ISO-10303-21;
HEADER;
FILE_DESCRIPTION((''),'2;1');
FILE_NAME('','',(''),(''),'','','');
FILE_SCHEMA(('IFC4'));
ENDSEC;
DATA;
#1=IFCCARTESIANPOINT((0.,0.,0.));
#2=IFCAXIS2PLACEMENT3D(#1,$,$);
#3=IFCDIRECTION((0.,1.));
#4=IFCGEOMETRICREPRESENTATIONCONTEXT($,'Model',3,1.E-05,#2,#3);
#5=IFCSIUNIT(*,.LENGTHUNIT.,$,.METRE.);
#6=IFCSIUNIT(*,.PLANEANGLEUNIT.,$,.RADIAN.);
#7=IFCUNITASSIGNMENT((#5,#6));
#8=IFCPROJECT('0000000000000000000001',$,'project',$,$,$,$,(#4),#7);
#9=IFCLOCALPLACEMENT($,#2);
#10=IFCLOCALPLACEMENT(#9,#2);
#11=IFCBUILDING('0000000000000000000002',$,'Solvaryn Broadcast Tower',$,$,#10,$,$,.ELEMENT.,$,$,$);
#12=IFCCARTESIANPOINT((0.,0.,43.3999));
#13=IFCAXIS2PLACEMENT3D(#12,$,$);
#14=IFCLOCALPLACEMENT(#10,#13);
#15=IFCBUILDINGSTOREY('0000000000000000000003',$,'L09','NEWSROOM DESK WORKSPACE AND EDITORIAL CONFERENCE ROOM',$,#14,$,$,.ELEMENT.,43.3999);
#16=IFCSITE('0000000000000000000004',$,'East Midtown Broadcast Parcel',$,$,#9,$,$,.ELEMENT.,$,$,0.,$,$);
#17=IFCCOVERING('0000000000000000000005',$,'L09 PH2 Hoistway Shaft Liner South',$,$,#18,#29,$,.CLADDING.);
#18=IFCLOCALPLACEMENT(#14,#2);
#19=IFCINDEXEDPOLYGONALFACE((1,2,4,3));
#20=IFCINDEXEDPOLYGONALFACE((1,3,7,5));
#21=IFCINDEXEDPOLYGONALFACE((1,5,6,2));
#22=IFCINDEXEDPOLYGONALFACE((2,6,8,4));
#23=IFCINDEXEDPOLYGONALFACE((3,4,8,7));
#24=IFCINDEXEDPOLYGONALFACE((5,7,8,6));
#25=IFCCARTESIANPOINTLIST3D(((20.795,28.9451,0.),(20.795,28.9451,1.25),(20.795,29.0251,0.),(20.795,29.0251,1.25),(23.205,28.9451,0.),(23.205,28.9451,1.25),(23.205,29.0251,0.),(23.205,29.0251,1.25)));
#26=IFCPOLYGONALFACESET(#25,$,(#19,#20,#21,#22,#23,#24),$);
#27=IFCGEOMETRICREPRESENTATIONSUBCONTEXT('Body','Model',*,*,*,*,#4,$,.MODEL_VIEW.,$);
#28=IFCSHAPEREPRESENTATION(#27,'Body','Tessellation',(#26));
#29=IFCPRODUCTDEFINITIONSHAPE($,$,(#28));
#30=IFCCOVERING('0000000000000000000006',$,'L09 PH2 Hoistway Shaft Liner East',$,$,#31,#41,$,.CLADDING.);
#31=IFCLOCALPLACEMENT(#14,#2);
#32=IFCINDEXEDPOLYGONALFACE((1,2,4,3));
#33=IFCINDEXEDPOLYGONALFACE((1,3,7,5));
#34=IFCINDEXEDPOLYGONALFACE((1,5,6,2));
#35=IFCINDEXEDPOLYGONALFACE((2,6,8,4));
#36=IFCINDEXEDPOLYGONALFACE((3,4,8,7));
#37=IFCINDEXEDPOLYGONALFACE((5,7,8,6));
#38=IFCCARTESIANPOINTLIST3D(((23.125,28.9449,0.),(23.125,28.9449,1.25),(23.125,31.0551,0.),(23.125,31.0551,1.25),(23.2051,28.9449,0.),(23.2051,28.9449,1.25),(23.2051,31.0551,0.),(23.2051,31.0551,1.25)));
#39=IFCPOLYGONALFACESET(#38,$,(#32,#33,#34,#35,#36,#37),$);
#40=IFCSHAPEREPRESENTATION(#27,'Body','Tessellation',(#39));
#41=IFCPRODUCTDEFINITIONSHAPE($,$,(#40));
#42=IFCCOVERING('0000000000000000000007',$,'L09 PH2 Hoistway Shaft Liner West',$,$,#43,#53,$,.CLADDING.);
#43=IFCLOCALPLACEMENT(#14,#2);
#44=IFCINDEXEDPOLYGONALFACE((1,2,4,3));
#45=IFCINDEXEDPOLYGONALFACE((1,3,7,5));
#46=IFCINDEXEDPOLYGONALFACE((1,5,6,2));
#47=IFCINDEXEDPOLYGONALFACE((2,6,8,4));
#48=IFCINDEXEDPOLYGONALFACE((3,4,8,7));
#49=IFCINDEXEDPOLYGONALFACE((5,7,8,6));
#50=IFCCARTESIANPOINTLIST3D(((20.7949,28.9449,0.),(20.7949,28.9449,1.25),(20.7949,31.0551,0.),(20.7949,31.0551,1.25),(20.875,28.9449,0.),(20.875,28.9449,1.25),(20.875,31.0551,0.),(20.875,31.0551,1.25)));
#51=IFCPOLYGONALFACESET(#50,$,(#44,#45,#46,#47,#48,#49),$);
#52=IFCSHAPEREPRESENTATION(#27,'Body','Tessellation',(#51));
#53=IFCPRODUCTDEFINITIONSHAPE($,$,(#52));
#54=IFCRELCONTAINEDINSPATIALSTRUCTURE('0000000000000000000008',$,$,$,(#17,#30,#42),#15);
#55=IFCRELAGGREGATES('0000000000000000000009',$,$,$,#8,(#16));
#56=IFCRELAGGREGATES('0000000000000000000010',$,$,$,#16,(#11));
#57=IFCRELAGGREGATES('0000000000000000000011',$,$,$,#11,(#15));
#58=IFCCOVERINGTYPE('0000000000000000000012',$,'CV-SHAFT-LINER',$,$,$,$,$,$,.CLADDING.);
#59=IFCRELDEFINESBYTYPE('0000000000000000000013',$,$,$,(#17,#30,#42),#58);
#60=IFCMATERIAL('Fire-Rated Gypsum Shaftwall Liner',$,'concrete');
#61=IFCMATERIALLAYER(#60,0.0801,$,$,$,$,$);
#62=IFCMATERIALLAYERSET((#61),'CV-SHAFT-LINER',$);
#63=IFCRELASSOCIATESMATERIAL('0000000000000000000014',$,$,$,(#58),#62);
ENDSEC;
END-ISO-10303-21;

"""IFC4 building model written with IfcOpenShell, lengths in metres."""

from ifc_helpers import new_model, si_unit, direction, frame, origin, origin_2d, place, context, subcontext, project, spatial, rectangle, extrude, material, layer, layer_set, type_object, element, save


model = new_model("IFC4")

# Units and contexts
model_context = context("Model", 3, precision=1e-05, world=origin(), true_north=direction((0.0, 1.0)))
body_context = subcontext(model_context, "Body", "Model", "MODEL_VIEW")
ifc_project = project(units=[si_unit("LENGTHUNIT", "METRE"), si_unit("PLANEANGLEUNIT", "RADIAN")], contexts=[model_context])

# Site, building, storey
site_placement = place(None, origin())
site = spatial("IfcSite", under=ifc_project, at=site_placement, Name="East Midtown Broadcast Parcel", CompositionType="ELEMENT", RefElevation=0.0)
building_placement = place(site_placement, origin())
building = spatial("IfcBuilding", under=site, at=building_placement, Name="Solvaryn Broadcast Tower", CompositionType="ELEMENT")
storey_placement = place(building_placement, frame((0.0, 0.0, 43.3999)))
storey = spatial("IfcBuildingStorey", under=building, at=storey_placement, Name="L09", Description="NEWSROOM DESK WORKSPACE AND EDITORIAL CONFERENCE ROOM", CompositionType="ELEMENT", Elevation=43.3999)

# Coverings
ifc_material_1 = material(Name="Fire-Rated Gypsum Shaftwall Liner", Category="concrete")
ifc_layer_1 = layer(ifc_material_1, 0.0801)
ifc_layer_set_1 = layer_set([ifc_layer_1], Name="CV-SHAFT-LINER")
covering_type = type_object("IfcCoveringType", Name="CV-SHAFT-LINER", PredefinedType="CLADDING", material=ifc_layer_set_1)
covering_1_placement = place(storey_placement, frame((22.0, 28.9851, 0.0), z_axis=(0.0, 0.0, 1.0), x_axis=(1.0, 0.0, 0.0)))
element("IfcCovering", 1, at=covering_1_placement, inside=storey, type_object=covering_type, Name="L09 PH2 Hoistway Shaft Liner South", PredefinedType="CLADDING", context=body_context, shape_type="SweptSolid", body=[
    extrude(rectangle(XDim=2.4099, YDim=0.0801, at=origin_2d()), origin(), (0.0, 0.0, 1.0), 1.25),
])
for number, where, z_axis, x_axis, name in (
    (2, (23.165, 30.0, 0.0), (0.0, 0.0, 1.0), (1.0, 0.0, 0.0), "L09 PH2 Hoistway Shaft Liner East"),
    (3, (20.835, 30.0, 0.0), (0.0, 0.0, 1.0), (1.0, 0.0, 0.0), "L09 PH2 Hoistway Shaft Liner West"),
):
    element("IfcCovering", number, at=place(storey_placement, frame(where, z_axis=z_axis, x_axis=x_axis)), inside=storey, type_object=covering_type, Name=name, PredefinedType="CLADDING", context=body_context, shape_type="SweptSolid", body=[
        extrude(rectangle(XDim=0.0801, YDim=2.1101, at=origin_2d()), origin(), (0.0, 0.0, 1.0), 1.25),
    ])

save(model, "model.ifc")
